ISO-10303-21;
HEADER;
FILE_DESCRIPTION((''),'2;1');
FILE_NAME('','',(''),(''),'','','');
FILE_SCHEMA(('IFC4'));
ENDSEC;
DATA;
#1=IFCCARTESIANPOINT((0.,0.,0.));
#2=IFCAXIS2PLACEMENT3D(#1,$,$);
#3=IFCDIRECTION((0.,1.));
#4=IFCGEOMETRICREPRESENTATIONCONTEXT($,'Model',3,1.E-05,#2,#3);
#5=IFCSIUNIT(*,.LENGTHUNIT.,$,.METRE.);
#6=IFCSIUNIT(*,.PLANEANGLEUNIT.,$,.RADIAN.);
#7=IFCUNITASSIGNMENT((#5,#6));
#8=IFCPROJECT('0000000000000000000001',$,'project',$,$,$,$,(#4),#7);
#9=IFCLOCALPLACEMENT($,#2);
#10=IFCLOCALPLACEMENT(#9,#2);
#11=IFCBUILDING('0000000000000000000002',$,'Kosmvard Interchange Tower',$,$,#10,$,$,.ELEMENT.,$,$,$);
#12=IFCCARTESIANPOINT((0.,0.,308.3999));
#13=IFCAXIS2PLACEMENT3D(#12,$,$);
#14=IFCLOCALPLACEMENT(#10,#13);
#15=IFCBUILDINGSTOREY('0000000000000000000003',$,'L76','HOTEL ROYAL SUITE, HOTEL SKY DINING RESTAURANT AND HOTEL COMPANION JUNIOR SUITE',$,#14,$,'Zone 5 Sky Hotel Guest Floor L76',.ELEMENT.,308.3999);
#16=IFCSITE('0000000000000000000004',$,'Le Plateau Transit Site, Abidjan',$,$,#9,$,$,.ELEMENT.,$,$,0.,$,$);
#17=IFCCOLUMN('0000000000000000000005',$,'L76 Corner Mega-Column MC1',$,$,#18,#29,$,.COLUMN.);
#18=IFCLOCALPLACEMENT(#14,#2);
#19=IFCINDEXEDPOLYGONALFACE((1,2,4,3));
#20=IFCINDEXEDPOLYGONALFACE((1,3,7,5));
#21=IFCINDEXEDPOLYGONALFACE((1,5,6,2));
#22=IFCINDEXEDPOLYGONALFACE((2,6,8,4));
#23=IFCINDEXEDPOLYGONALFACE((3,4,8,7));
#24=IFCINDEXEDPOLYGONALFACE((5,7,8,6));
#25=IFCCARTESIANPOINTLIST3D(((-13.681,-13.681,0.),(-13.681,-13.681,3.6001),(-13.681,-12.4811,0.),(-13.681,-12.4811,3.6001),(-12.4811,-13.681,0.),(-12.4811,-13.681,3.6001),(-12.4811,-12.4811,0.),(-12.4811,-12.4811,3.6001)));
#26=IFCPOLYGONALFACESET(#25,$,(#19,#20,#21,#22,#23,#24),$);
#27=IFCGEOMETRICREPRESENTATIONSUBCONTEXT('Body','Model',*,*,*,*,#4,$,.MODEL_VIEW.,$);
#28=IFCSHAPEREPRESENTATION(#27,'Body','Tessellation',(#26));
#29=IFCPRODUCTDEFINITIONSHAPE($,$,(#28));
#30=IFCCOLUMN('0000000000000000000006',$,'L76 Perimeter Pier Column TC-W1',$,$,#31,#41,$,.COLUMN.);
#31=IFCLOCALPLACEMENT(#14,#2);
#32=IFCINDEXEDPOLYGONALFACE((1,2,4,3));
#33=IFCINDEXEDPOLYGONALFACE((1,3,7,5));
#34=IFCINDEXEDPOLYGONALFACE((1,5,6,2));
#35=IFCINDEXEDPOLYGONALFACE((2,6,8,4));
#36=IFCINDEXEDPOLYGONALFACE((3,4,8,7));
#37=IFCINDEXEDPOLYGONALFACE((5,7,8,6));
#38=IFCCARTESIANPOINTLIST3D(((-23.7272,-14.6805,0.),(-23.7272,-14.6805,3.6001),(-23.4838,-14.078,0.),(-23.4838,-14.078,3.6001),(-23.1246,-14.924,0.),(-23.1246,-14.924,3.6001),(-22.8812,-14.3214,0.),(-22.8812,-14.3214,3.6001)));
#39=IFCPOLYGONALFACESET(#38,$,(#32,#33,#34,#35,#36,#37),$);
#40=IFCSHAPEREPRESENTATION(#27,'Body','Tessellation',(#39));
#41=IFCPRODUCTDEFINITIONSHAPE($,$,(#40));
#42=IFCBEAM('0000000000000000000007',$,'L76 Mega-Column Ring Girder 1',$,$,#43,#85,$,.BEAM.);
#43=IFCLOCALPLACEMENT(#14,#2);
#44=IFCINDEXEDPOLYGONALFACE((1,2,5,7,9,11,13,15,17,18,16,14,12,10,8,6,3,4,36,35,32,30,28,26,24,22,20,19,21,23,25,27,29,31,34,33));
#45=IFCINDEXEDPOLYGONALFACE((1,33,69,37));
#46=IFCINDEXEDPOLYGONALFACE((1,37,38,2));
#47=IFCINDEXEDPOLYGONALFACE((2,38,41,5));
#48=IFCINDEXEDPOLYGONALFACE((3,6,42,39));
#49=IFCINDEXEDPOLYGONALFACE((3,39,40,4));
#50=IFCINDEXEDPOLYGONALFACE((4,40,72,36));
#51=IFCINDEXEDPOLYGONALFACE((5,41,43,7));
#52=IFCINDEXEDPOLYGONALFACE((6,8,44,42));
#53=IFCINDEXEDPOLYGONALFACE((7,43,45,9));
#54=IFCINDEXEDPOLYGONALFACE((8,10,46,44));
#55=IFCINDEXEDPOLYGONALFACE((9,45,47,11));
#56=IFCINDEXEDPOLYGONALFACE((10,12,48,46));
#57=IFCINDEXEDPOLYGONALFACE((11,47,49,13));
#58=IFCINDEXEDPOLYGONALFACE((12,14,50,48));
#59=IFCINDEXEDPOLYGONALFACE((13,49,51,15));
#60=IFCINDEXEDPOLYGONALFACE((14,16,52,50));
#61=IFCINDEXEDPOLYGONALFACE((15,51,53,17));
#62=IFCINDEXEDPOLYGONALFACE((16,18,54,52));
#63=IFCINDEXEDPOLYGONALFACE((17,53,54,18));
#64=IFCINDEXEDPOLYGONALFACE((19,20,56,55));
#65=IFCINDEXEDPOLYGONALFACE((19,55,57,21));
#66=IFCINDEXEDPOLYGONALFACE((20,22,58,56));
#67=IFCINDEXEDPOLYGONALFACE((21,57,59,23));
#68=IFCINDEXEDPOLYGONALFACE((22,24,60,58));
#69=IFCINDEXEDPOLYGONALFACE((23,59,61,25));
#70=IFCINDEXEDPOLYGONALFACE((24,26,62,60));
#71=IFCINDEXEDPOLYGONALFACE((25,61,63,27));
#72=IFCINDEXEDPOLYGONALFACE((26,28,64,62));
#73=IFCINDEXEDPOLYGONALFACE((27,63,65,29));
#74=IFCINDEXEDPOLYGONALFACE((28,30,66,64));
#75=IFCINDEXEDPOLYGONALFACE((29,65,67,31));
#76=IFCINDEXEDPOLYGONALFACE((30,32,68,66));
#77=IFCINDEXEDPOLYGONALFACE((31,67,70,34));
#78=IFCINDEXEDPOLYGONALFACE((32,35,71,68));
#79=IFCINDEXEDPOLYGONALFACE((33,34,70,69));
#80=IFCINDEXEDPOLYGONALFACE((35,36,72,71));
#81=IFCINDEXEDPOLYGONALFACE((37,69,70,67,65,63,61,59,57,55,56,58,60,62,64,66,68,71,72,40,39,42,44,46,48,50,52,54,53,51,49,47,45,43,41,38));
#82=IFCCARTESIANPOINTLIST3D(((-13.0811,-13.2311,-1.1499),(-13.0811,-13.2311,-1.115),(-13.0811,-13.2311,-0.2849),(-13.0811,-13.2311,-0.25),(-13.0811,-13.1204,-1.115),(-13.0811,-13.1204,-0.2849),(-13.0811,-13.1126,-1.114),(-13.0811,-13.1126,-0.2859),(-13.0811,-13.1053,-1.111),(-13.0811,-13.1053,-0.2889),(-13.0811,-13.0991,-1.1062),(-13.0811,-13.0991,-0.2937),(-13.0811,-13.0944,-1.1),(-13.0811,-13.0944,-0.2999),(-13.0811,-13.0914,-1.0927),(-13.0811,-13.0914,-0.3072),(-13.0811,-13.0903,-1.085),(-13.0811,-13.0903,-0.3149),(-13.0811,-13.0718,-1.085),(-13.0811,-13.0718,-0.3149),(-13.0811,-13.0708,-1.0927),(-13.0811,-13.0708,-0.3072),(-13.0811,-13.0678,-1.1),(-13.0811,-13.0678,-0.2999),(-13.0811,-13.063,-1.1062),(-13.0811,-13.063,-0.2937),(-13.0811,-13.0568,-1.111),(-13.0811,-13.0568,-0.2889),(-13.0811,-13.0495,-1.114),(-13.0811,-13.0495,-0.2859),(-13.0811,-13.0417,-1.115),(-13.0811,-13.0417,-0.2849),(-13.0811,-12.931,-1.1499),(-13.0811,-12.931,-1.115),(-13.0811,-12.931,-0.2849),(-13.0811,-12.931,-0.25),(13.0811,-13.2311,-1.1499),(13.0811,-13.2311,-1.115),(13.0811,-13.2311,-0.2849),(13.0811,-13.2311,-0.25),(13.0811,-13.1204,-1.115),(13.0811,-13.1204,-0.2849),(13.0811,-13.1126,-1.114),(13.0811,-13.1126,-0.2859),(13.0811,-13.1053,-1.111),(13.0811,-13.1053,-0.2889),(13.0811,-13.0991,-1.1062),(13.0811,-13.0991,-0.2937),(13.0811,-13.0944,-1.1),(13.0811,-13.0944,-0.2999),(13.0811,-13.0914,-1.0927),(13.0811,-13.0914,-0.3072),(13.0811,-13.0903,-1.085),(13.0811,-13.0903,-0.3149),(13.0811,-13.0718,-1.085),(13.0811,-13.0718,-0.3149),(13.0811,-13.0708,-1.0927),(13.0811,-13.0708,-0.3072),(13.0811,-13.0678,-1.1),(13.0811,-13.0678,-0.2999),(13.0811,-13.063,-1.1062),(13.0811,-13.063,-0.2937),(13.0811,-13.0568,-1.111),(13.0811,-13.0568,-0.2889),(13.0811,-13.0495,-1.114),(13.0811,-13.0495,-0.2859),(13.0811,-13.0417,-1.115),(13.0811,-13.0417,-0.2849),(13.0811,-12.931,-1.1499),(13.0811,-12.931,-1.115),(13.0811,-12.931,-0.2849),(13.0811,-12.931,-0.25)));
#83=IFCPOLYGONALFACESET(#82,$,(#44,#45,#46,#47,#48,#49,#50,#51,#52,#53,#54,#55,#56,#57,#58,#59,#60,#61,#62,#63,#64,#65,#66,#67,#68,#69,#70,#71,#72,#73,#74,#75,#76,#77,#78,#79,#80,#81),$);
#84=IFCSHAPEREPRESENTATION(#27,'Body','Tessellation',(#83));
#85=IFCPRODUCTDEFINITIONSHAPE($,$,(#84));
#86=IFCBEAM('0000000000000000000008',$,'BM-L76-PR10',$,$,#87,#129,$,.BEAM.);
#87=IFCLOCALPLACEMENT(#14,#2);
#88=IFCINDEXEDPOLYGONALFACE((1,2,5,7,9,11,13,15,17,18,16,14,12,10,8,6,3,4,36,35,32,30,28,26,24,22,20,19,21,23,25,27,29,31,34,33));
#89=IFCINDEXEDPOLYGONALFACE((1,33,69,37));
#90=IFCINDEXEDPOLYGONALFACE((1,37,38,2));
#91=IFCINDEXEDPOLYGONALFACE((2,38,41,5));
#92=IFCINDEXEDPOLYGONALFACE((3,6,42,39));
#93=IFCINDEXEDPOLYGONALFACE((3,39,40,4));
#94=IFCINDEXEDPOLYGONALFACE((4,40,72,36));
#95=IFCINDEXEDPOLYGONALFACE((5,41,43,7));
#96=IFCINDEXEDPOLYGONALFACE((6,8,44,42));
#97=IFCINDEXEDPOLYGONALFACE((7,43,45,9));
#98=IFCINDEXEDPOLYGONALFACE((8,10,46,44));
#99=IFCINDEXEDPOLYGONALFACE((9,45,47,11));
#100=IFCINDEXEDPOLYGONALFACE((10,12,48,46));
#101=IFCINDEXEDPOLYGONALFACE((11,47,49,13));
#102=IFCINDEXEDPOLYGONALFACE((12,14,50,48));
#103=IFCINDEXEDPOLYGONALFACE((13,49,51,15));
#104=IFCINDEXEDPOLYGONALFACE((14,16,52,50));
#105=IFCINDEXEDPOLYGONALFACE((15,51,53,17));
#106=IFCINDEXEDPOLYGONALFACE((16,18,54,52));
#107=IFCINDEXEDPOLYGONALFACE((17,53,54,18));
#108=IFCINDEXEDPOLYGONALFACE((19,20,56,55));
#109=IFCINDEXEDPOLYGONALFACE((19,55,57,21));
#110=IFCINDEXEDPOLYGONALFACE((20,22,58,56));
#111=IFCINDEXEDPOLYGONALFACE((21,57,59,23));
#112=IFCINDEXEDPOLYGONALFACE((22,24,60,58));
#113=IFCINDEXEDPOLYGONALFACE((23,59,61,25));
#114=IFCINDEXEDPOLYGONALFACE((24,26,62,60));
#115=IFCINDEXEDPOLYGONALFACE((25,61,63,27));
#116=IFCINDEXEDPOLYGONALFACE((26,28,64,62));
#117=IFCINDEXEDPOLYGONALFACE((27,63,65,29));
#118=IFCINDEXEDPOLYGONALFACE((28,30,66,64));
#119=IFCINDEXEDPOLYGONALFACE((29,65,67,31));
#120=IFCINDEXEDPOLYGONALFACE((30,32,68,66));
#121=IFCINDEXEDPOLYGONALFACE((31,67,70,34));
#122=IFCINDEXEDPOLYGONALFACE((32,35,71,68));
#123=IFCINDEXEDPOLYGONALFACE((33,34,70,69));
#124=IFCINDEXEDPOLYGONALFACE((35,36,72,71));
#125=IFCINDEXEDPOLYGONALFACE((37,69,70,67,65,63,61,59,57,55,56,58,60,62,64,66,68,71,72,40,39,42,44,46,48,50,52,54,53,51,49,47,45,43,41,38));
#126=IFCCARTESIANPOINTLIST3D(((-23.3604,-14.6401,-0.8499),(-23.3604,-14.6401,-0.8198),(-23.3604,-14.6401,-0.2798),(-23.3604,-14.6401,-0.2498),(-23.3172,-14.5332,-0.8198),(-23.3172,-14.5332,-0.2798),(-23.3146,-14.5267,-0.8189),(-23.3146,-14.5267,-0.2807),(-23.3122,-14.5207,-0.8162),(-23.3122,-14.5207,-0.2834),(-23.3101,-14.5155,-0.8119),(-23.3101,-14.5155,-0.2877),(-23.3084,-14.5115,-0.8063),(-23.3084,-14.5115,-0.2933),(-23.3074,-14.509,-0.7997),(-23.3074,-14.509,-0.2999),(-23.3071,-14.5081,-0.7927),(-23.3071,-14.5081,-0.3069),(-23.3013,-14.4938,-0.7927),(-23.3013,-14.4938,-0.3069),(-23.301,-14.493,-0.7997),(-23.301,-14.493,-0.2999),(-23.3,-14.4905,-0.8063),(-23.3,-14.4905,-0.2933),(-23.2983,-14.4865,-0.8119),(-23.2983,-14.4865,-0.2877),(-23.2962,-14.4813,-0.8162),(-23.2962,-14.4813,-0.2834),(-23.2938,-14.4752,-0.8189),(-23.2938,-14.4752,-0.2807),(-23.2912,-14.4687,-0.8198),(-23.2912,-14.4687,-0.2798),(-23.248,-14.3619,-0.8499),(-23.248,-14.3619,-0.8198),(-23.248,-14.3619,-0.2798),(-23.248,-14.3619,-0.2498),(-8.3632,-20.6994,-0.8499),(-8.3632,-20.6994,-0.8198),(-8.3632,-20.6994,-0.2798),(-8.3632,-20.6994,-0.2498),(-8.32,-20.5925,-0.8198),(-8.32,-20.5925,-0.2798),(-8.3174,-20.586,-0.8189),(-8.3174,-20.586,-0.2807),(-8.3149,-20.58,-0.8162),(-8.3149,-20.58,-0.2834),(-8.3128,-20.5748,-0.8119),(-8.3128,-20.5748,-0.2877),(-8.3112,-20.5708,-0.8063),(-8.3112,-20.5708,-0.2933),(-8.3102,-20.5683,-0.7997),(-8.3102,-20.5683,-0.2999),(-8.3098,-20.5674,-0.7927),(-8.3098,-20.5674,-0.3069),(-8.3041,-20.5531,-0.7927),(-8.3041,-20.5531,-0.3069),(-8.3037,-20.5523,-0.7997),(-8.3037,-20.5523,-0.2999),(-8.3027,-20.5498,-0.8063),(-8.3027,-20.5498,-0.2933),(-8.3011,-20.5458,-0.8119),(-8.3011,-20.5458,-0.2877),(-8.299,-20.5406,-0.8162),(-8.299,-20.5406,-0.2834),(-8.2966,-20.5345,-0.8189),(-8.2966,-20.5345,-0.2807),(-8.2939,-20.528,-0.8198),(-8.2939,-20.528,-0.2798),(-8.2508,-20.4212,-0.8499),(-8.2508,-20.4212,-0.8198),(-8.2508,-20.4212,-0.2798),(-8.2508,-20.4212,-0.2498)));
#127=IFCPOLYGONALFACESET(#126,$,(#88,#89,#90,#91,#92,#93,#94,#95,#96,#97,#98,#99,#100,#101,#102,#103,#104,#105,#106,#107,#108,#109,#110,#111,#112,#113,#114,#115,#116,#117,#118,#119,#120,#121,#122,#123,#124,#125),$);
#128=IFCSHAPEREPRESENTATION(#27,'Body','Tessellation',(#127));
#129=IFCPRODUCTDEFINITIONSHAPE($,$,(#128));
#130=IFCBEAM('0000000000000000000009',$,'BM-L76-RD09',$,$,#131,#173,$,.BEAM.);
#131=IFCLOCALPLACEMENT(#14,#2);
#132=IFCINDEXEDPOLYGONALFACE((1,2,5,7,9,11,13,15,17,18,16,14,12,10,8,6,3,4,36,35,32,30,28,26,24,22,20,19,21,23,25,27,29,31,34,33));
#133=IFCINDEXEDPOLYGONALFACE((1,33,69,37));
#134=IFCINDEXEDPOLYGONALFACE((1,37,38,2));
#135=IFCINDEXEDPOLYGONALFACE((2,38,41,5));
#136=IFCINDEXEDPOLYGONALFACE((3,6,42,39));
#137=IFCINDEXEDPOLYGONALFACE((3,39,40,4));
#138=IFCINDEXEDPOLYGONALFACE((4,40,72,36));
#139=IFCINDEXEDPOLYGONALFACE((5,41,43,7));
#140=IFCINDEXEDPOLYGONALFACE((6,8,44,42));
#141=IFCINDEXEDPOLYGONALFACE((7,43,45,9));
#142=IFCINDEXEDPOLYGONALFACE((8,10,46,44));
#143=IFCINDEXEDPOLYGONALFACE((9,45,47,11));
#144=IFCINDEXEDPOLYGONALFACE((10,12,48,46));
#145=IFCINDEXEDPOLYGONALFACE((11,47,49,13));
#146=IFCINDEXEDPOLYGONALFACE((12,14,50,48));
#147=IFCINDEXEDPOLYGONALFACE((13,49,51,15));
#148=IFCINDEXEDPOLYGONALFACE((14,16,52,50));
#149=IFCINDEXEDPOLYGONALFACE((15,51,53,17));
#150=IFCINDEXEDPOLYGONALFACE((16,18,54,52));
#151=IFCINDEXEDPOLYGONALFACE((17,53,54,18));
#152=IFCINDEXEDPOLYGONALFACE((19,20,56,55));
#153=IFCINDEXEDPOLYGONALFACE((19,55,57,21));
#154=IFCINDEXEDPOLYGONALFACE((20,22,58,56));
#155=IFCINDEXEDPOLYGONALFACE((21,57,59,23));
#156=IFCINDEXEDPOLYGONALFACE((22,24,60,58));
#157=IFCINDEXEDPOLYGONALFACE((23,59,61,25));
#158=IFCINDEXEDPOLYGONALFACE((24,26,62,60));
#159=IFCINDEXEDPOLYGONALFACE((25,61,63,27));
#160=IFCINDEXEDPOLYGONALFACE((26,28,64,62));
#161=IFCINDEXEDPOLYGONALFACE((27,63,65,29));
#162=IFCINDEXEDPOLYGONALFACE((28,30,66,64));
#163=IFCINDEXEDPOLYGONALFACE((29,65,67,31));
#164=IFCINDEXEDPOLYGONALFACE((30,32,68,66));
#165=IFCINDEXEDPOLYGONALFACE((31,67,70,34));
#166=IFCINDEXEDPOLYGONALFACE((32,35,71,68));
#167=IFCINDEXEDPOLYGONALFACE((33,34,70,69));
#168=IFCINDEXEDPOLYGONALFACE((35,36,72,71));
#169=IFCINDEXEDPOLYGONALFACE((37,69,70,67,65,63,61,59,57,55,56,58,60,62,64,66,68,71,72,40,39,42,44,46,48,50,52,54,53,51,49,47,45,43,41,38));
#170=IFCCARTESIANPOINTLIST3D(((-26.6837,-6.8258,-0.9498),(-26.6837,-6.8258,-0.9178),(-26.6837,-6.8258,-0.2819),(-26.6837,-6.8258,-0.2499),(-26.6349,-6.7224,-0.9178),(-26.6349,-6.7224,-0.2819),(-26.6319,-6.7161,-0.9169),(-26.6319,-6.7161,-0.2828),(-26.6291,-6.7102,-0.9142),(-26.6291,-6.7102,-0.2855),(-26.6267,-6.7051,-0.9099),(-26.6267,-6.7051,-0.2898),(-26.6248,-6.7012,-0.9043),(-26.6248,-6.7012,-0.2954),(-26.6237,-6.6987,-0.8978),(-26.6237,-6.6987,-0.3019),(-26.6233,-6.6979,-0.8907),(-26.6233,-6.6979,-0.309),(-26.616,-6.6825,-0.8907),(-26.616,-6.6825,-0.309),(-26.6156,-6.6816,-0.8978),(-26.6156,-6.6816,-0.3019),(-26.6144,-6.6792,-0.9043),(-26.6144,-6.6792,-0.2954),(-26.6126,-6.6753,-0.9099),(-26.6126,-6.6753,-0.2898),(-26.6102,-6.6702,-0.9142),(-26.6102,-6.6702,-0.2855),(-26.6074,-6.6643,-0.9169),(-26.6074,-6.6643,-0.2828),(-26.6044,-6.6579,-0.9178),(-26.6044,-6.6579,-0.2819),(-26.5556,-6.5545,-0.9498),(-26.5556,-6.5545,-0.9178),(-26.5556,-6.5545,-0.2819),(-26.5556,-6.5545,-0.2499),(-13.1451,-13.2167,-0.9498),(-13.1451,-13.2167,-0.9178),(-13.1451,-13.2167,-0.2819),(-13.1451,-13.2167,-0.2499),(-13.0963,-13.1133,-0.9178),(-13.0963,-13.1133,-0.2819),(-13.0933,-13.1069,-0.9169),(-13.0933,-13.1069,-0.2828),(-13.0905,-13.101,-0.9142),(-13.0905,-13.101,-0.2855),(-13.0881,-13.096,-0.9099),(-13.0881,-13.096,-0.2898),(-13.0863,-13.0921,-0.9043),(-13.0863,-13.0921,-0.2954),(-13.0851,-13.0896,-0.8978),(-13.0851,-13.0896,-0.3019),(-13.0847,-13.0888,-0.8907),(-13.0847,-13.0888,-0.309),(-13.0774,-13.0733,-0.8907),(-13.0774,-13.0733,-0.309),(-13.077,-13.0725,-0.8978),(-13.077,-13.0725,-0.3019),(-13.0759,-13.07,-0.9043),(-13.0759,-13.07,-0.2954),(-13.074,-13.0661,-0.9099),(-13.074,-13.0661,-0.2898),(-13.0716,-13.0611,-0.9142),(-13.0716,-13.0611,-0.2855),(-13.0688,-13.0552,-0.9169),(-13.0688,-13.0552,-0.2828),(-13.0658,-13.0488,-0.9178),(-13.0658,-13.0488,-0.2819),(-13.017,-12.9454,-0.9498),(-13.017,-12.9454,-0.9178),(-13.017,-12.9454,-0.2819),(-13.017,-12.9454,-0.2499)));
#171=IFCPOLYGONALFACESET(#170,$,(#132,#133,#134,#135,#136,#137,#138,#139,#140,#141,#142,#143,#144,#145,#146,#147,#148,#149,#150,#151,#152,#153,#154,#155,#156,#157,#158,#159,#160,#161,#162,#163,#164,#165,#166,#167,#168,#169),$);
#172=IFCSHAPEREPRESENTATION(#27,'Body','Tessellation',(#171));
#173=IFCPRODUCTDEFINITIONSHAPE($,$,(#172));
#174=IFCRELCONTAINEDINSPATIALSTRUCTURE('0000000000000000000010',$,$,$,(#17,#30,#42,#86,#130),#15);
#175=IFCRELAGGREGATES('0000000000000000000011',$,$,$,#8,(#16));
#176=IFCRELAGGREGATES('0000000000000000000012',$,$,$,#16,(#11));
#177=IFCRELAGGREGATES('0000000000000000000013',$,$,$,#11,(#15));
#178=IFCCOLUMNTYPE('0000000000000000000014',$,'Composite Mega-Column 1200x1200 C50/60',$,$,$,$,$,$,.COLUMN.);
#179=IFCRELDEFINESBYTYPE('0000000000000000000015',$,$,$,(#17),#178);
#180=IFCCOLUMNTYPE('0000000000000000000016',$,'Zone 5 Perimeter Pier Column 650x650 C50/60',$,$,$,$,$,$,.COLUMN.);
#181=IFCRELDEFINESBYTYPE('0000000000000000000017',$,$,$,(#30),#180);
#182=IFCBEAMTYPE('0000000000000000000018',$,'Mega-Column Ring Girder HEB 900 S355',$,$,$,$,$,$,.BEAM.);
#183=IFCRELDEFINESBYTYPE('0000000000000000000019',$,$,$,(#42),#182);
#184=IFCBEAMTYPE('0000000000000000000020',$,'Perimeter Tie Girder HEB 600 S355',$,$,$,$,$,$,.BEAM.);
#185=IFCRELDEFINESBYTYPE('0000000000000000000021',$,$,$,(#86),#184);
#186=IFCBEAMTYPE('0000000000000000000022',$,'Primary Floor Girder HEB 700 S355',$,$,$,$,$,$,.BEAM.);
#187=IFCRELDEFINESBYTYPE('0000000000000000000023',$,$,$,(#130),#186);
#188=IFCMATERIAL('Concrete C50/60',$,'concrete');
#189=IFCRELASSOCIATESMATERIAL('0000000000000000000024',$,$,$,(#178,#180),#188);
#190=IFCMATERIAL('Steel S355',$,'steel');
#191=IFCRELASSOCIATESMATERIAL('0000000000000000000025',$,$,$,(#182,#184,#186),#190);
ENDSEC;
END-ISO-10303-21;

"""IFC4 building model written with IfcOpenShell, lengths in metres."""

from ifc_helpers import new_model, si_unit, direction, frame, origin, origin_2d, place, context, subcontext, project, spatial, rectangle, i_section, extrude, source, transform, mapped, material, material_profile, profile_set, type_object, element, save


model = new_model("IFC4")

# Units and contexts
model_context = context("Model", 3, precision=1e-05, world=origin(), true_north=direction((0.0, 1.0)))
body_context = subcontext(model_context, "Body", "Model", "MODEL_VIEW")
ifc_project = project(units=[si_unit("LENGTHUNIT", "METRE"), si_unit("PLANEANGLEUNIT", "RADIAN")], contexts=[model_context])

# Site, building, storey
site_placement = place(None, origin())
site = spatial("IfcSite", under=ifc_project, at=site_placement, Name="Le Plateau Transit Site, Abidjan", CompositionType="ELEMENT", RefElevation=0.0)
building_placement = place(site_placement, origin())
building = spatial("IfcBuilding", under=site, at=building_placement, Name="Kosmvard Interchange Tower", CompositionType="ELEMENT")
storey_placement = place(building_placement, frame((0.0, 0.0, 308.3999)))
storey = spatial("IfcBuildingStorey", under=building, at=storey_placement, Name="L76", Description="HOTEL ROYAL SUITE, HOTEL SKY DINING RESTAURANT AND HOTEL COMPANION JUNIOR SUITE", LongName="Zone 5 Sky Hotel Guest Floor L76", CompositionType="ELEMENT", Elevation=308.3999)

# Columns
ifc_material_1 = material(Name="Concrete C50/60", Category="concrete")
ifc_material_profile_1 = material_profile(ifc_material_1, rectangle(XDim=1.2, YDim=1.2, at=origin_2d()), Name="MC 1200x1200")
ifc_profile_set_1 = profile_set([ifc_material_profile_1], Name="Concrete C50/60")
column_type_1 = type_object("IfcColumnType", Name="Composite Mega-Column 1200x1200 C50/60", PredefinedType="COLUMN", material=ifc_profile_set_1)
shared_shape_1 = source(origin(), body_context, "Body", "SweptSolid", [
    extrude(rectangle(XDim=1.2, YDim=1.2, at=origin_2d()), origin(), (0.0, 0.0, 1.0), 3.6001),
])
column_1_placement = place(storey_placement, frame((-13.0811, -13.0811, 0.0), z_axis=(0.0, 0.0, 1.0), x_axis=(1.0, 0.0, 0.0)))
element("IfcColumn", 1, at=column_1_placement, inside=storey, type_object=column_type_1, Name="L76 Corner Mega-Column MC1", PredefinedType="COLUMN", context=body_context, shape_type="MappedRepresentation", body=[
    mapped(shared_shape_1, transform((0.0, 0.0, 0.0), scale=1.0)),
])
ifc_material_profile_2 = material_profile(ifc_material_1, rectangle(XDim=0.6499, YDim=0.6499, at=origin_2d()), Name="TC 650x650")
ifc_profile_set_2 = profile_set([ifc_material_profile_2], Name="Concrete C50/60")
column_type_2 = type_object("IfcColumnType", Name="Zone 5 Perimeter Pier Column 650x650 C50/60", PredefinedType="COLUMN", material=ifc_profile_set_2)
shared_shape_2 = source(origin(), body_context, "Body", "SweptSolid", [
    extrude(rectangle(XDim=0.6499, YDim=0.6499, at=origin_2d()), origin(), (0.0, 0.0, 1.0), 3.6001),
])
column_2_placement = place(storey_placement, frame((-23.3042, -14.501, 0.0), z_axis=(0.0, 0.0, 1.0), x_axis=(0.374607, 0.927184, 0.0)))
element("IfcColumn", 2, at=column_2_placement, inside=storey, type_object=column_type_2, Name="L76 Perimeter Pier Column TC-W1", PredefinedType="COLUMN", context=body_context, shape_type="MappedRepresentation", body=[
    mapped(shared_shape_2, transform((0.0, 0.0, 0.0), scale=1.0)),
])

# Beams
ifc_material_2 = material(Name="Steel S355", Category="steel")
ifc_material_profile_3 = material_profile(ifc_material_2, i_section(OverallWidth=0.3, OverallDepth=0.8999, WebThickness=0.0186, FlangeThickness=0.0349, FilletRadius=0.03, at=origin_2d()), Name="HEB 900")
ifc_profile_set_3 = profile_set([ifc_material_profile_3], Name="Steel S355")
beam_type_1 = type_object("IfcBeamType", Name="Mega-Column Ring Girder HEB 900 S355", PredefinedType="BEAM", material=ifc_profile_set_3)
shared_shape_3 = source(origin(), body_context, "Body", "SweptSolid", [
    extrude(i_section(OverallWidth=0.3, OverallDepth=0.8999, WebThickness=0.0186, FlangeThickness=0.0349, FilletRadius=0.03, at=origin_2d()), origin(), (0.0, 0.0, 1.0), 26.1621),
])
beam_1_placement = place(storey_placement, frame((-13.0811, -13.0811, -0.7), z_axis=(1.0, 0.0, 0.0), x_axis=(0.0, 1.0, 0.0)))
element("IfcBeam", 3, at=beam_1_placement, inside=storey, type_object=beam_type_1, Name="L76 Mega-Column Ring Girder 1", PredefinedType="BEAM", context=body_context, shape_type="MappedRepresentation", body=[
    mapped(shared_shape_3, transform((0.0, 0.0, 0.0), scale=1.0)),
])
ifc_material_profile_4 = material_profile(ifc_material_2, i_section(OverallWidth=0.3, OverallDepth=0.6001, WebThickness=0.0154, FlangeThickness=0.03, FilletRadius=0.0271, at=origin_2d()), Name="HEB 600")
ifc_profile_set_4 = profile_set([ifc_material_profile_4], Name="Steel S355")
beam_type_2 = type_object("IfcBeamType", Name="Perimeter Tie Girder HEB 600 S355", PredefinedType="BEAM", material=ifc_profile_set_4)
shared_shape_4 = source(origin(), body_context, "Body", "SweptSolid", [
    extrude(i_section(OverallWidth=0.3, OverallDepth=0.6001, WebThickness=0.0154, FlangeThickness=0.03, FilletRadius=0.0271, at=origin_2d()), origin(), (0.0, 0.0, 1.0), 16.175),
])
beam_2_placement = place(storey_placement, frame((-23.3042, -14.501, -0.5498), z_axis=(0.927183, -0.374608, 0.0), x_axis=(0.374608, 0.927183, 0.0)))
element("IfcBeam", 4, at=beam_2_placement, inside=storey, type_object=beam_type_2, Name="BM-L76-PR10", PredefinedType="BEAM", context=body_context, shape_type="MappedRepresentation", body=[
    mapped(shared_shape_4, transform((0.0, 0.0, 0.0), scale=1.0)),
])
ifc_material_profile_5 = material_profile(ifc_material_2, i_section(OverallWidth=0.3, OverallDepth=0.7, WebThickness=0.0171, FlangeThickness=0.032, FilletRadius=0.0271, at=origin_2d()), Name="HEB 700")
ifc_profile_set_5 = profile_set([ifc_material_profile_5], Name="Steel S355")
beam_type_3 = type_object("IfcBeamType", Name="Primary Floor Girder HEB 700 S355", PredefinedType="BEAM", material=ifc_profile_set_5)
shared_shape_5 = source(origin(), body_context, "Body", "SweptSolid", [
    extrude(i_section(OverallWidth=0.3, OverallDepth=0.7, WebThickness=0.0171, FlangeThickness=0.032, FilletRadius=0.0271, at=origin_2d()), origin(), (0.0, 0.0, 1.0), 14.9712),
])
beam_3_placement = place(storey_placement, frame((-13.0811, -13.0811, -0.5999), z_axis=(-0.904309, 0.426878, 0.0), x_axis=(-0.426878, -0.904309, 0.0)))
element("IfcBeam", 5, at=beam_3_placement, inside=storey, type_object=beam_type_3, Name="BM-L76-RD09", PredefinedType="BEAM", context=body_context, shape_type="MappedRepresentation", body=[
    mapped(shared_shape_5, transform((0.0, 0.0, 0.0), scale=1.0)),
])

save(model, "model.ifc")
